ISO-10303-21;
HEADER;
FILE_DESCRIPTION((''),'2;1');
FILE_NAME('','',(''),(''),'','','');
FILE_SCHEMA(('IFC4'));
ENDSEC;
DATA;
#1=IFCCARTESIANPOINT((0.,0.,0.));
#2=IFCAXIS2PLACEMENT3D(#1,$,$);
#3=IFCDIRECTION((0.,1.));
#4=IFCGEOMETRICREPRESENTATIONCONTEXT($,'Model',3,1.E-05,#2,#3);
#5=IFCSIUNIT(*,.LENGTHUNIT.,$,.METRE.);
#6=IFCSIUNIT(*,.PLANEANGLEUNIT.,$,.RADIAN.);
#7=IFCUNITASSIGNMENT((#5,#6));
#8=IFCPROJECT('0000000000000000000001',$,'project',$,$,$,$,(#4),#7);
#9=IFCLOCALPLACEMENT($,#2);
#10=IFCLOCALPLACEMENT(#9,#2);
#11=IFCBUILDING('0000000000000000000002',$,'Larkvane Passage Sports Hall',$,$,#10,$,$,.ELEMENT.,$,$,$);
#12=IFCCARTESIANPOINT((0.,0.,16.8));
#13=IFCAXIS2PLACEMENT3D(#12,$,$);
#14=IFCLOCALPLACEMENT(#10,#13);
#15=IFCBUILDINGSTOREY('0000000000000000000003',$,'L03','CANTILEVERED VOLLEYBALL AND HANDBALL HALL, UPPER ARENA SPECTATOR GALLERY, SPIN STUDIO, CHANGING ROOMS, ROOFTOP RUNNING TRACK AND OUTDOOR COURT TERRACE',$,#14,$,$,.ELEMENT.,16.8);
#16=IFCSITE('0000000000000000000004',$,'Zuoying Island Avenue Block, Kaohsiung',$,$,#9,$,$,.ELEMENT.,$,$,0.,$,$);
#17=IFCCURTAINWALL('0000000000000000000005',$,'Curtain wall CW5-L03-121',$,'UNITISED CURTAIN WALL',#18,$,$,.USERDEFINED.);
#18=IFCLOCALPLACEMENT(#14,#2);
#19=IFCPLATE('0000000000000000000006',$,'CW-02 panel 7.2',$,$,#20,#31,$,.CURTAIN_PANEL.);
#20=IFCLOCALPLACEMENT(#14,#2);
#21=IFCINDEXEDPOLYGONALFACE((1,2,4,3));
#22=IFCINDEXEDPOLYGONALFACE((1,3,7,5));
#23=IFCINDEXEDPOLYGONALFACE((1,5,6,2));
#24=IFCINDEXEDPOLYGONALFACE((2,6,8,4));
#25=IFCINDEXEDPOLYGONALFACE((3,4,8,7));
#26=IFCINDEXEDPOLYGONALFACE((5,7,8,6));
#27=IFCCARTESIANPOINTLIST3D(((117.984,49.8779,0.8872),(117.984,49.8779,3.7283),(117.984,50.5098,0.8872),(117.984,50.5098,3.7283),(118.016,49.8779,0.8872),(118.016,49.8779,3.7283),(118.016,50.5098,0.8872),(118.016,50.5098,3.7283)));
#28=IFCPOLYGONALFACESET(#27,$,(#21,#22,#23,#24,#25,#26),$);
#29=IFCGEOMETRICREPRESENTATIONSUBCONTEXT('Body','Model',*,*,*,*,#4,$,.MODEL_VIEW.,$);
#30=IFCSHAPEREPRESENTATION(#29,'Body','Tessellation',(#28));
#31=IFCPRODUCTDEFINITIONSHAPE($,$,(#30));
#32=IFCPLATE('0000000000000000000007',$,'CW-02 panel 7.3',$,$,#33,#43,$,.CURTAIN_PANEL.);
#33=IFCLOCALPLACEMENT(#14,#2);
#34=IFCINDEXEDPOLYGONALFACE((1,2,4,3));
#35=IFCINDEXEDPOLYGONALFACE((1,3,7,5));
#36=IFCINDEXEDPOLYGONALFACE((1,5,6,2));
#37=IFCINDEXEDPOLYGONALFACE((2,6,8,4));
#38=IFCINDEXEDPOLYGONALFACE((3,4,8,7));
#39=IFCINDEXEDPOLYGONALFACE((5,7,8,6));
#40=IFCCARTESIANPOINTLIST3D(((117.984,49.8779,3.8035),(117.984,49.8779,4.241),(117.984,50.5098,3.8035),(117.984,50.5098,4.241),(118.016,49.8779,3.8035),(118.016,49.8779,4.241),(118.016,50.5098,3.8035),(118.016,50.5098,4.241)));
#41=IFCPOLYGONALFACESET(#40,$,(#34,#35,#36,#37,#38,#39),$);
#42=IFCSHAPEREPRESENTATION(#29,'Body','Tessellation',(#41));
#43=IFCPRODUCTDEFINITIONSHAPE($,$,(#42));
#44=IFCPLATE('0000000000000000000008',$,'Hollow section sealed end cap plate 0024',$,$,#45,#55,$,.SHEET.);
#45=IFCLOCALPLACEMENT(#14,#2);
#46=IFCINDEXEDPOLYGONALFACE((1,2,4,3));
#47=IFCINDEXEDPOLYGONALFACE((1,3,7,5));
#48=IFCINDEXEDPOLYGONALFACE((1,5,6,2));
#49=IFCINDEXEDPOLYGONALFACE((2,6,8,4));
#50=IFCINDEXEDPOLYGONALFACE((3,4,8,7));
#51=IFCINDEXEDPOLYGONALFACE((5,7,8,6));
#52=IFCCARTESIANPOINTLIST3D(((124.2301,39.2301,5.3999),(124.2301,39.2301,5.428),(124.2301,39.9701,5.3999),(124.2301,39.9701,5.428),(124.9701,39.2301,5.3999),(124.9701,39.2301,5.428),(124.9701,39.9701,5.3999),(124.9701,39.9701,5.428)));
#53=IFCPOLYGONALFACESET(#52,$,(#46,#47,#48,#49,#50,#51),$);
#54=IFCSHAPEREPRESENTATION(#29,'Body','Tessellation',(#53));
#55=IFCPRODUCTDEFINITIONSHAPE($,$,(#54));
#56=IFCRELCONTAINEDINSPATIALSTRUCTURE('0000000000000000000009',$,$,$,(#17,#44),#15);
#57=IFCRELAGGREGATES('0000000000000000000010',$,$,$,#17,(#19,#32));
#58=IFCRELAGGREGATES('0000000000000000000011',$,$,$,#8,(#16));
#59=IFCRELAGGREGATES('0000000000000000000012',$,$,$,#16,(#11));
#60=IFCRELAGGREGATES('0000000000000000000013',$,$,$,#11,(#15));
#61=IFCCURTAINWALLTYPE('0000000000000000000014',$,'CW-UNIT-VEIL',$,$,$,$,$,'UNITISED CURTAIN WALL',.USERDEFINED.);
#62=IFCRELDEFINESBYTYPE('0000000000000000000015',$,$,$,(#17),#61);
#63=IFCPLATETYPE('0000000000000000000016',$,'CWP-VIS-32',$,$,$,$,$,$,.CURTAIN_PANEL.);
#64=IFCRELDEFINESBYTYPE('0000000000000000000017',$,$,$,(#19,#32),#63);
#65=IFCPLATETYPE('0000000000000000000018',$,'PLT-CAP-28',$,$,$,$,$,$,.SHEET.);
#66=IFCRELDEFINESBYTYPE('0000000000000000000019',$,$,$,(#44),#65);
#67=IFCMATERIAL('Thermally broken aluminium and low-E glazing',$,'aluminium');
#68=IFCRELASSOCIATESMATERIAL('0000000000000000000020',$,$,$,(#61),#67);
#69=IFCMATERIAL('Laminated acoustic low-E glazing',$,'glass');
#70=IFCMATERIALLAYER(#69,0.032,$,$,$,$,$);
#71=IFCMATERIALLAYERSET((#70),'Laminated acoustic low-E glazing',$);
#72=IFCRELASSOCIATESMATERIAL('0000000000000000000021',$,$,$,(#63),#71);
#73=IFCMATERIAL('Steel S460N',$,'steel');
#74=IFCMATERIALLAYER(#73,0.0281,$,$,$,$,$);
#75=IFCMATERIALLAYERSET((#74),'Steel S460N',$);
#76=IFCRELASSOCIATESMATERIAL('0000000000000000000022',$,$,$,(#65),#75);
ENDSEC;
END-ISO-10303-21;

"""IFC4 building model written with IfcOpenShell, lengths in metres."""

from ifc_helpers import new_model, si_unit, direction, frame, origin, origin_2d, place, context, subcontext, project, spatial, rectangle, extrude, material, layer, layer_set, type_object, element, aggregate, save


model = new_model("IFC4")

# Units and contexts
model_context = context("Model", 3, precision=1e-05, world=origin(), true_north=direction((0.0, 1.0)))
body_context = subcontext(model_context, "Body", "Model", "MODEL_VIEW")
ifc_project = project(units=[si_unit("LENGTHUNIT", "METRE"), si_unit("PLANEANGLEUNIT", "RADIAN")], contexts=[model_context])

# Site, building, storey
site_placement = place(None, origin())
site = spatial("IfcSite", under=ifc_project, at=site_placement, Name="Zuoying Island Avenue Block, Kaohsiung", CompositionType="ELEMENT", RefElevation=0.0)
building_placement = place(site_placement, origin())
building = spatial("IfcBuilding", under=site, at=building_placement, Name="Larkvane Passage Sports Hall", CompositionType="ELEMENT")
storey_placement = place(building_placement, frame((0.0, 0.0, 16.8)))
storey = spatial("IfcBuildingStorey", under=building, at=storey_placement, Name="L03", Description="CANTILEVERED VOLLEYBALL AND HANDBALL HALL, UPPER ARENA SPECTATOR GALLERY, SPIN STUDIO, CHANGING ROOMS, ROOFTOP RUNNING TRACK AND OUTDOOR COURT TERRACE", CompositionType="ELEMENT", Elevation=16.8)

# Shared definitions
ifc_material_1 = material(Name="Steel S460N", Category="steel")

# Curtain wall
ifc_material_2 = material(Name="Thermally broken aluminium and low-E glazing", Category="aluminium")
curtain_wall_type = type_object("IfcCurtainWallType", Name="CW-UNIT-VEIL", ElementType="UNITISED CURTAIN WALL", PredefinedType="USERDEFINED", material=ifc_material_2)
curtain_wall_placement = place(storey_placement, origin())
curtain_wall = element("IfcCurtainWall", 1, at=curtain_wall_placement, inside=storey, type_object=curtain_wall_type, Name="Curtain wall CW5-L03-121", ObjectType="UNITISED CURTAIN WALL", PredefinedType="USERDEFINED")

# Plates
ifc_material_3 = material(Name="Laminated acoustic low-E glazing", Category="glass")
ifc_layer_1 = layer(ifc_material_3, 0.032)
ifc_layer_set_1 = layer_set([ifc_layer_1], Name="Laminated acoustic low-E glazing")
plate_type_1 = type_object("IfcPlateType", Name="CWP-VIS-32", PredefinedType="CURTAIN_PANEL", material=ifc_layer_set_1)
plate_1_placement = place(storey_placement, frame((118.0, 50.1938, 0.8872), z_axis=(0.0, 0.0, 1.0), x_axis=(0.0, 1.0, 0.0)))
plate_1 = element("IfcPlate", 2, at=plate_1_placement, type_object=plate_type_1, Name="CW-02 panel 7.2", PredefinedType="CURTAIN_PANEL", context=body_context, shape_type="SweptSolid", body=[
    extrude(rectangle(XDim=0.6318, YDim=0.032, at=origin_2d()), origin(), (0.0, 0.0, 1.0), 2.8411),
])
plate_2_placement = place(storey_placement, frame((118.0, 50.1938, 3.8035), z_axis=(0.0, 0.0, 1.0), x_axis=(0.0, 1.0, 0.0)))
plate_2 = element("IfcPlate", 3, at=plate_2_placement, type_object=plate_type_1, Name="CW-02 panel 7.3", PredefinedType="CURTAIN_PANEL", context=body_context, shape_type="SweptSolid", body=[
    extrude(rectangle(XDim=0.6318, YDim=0.032, at=origin_2d()), origin(), (0.0, 0.0, 1.0), 0.4375),
])
aggregate(curtain_wall, [plate_1, plate_2])
ifc_layer_2 = layer(ifc_material_1, 0.0281)
ifc_layer_set_2 = layer_set([ifc_layer_2], Name="Steel S460N")
plate_type_2 = type_object("IfcPlateType", Name="PLT-CAP-28", PredefinedType="SHEET", material=ifc_layer_set_2)
plate_3_placement = place(storey_placement, frame((124.6001, 39.6001, 5.3999), z_axis=(0.0, 0.0, 1.0), x_axis=(1.0, 0.0, 0.0)))
element("IfcPlate", 4, at=plate_3_placement, inside=storey, type_object=plate_type_2, Name="Hollow section sealed end cap plate 0024", PredefinedType="SHEET", context=body_context, shape_type="SweptSolid", body=[
    extrude(rectangle(XDim=0.74, YDim=0.74, at=origin_2d()), origin(), (0.0, 0.0, 1.0), 0.0281),
])

save(model, "model.ifc")
